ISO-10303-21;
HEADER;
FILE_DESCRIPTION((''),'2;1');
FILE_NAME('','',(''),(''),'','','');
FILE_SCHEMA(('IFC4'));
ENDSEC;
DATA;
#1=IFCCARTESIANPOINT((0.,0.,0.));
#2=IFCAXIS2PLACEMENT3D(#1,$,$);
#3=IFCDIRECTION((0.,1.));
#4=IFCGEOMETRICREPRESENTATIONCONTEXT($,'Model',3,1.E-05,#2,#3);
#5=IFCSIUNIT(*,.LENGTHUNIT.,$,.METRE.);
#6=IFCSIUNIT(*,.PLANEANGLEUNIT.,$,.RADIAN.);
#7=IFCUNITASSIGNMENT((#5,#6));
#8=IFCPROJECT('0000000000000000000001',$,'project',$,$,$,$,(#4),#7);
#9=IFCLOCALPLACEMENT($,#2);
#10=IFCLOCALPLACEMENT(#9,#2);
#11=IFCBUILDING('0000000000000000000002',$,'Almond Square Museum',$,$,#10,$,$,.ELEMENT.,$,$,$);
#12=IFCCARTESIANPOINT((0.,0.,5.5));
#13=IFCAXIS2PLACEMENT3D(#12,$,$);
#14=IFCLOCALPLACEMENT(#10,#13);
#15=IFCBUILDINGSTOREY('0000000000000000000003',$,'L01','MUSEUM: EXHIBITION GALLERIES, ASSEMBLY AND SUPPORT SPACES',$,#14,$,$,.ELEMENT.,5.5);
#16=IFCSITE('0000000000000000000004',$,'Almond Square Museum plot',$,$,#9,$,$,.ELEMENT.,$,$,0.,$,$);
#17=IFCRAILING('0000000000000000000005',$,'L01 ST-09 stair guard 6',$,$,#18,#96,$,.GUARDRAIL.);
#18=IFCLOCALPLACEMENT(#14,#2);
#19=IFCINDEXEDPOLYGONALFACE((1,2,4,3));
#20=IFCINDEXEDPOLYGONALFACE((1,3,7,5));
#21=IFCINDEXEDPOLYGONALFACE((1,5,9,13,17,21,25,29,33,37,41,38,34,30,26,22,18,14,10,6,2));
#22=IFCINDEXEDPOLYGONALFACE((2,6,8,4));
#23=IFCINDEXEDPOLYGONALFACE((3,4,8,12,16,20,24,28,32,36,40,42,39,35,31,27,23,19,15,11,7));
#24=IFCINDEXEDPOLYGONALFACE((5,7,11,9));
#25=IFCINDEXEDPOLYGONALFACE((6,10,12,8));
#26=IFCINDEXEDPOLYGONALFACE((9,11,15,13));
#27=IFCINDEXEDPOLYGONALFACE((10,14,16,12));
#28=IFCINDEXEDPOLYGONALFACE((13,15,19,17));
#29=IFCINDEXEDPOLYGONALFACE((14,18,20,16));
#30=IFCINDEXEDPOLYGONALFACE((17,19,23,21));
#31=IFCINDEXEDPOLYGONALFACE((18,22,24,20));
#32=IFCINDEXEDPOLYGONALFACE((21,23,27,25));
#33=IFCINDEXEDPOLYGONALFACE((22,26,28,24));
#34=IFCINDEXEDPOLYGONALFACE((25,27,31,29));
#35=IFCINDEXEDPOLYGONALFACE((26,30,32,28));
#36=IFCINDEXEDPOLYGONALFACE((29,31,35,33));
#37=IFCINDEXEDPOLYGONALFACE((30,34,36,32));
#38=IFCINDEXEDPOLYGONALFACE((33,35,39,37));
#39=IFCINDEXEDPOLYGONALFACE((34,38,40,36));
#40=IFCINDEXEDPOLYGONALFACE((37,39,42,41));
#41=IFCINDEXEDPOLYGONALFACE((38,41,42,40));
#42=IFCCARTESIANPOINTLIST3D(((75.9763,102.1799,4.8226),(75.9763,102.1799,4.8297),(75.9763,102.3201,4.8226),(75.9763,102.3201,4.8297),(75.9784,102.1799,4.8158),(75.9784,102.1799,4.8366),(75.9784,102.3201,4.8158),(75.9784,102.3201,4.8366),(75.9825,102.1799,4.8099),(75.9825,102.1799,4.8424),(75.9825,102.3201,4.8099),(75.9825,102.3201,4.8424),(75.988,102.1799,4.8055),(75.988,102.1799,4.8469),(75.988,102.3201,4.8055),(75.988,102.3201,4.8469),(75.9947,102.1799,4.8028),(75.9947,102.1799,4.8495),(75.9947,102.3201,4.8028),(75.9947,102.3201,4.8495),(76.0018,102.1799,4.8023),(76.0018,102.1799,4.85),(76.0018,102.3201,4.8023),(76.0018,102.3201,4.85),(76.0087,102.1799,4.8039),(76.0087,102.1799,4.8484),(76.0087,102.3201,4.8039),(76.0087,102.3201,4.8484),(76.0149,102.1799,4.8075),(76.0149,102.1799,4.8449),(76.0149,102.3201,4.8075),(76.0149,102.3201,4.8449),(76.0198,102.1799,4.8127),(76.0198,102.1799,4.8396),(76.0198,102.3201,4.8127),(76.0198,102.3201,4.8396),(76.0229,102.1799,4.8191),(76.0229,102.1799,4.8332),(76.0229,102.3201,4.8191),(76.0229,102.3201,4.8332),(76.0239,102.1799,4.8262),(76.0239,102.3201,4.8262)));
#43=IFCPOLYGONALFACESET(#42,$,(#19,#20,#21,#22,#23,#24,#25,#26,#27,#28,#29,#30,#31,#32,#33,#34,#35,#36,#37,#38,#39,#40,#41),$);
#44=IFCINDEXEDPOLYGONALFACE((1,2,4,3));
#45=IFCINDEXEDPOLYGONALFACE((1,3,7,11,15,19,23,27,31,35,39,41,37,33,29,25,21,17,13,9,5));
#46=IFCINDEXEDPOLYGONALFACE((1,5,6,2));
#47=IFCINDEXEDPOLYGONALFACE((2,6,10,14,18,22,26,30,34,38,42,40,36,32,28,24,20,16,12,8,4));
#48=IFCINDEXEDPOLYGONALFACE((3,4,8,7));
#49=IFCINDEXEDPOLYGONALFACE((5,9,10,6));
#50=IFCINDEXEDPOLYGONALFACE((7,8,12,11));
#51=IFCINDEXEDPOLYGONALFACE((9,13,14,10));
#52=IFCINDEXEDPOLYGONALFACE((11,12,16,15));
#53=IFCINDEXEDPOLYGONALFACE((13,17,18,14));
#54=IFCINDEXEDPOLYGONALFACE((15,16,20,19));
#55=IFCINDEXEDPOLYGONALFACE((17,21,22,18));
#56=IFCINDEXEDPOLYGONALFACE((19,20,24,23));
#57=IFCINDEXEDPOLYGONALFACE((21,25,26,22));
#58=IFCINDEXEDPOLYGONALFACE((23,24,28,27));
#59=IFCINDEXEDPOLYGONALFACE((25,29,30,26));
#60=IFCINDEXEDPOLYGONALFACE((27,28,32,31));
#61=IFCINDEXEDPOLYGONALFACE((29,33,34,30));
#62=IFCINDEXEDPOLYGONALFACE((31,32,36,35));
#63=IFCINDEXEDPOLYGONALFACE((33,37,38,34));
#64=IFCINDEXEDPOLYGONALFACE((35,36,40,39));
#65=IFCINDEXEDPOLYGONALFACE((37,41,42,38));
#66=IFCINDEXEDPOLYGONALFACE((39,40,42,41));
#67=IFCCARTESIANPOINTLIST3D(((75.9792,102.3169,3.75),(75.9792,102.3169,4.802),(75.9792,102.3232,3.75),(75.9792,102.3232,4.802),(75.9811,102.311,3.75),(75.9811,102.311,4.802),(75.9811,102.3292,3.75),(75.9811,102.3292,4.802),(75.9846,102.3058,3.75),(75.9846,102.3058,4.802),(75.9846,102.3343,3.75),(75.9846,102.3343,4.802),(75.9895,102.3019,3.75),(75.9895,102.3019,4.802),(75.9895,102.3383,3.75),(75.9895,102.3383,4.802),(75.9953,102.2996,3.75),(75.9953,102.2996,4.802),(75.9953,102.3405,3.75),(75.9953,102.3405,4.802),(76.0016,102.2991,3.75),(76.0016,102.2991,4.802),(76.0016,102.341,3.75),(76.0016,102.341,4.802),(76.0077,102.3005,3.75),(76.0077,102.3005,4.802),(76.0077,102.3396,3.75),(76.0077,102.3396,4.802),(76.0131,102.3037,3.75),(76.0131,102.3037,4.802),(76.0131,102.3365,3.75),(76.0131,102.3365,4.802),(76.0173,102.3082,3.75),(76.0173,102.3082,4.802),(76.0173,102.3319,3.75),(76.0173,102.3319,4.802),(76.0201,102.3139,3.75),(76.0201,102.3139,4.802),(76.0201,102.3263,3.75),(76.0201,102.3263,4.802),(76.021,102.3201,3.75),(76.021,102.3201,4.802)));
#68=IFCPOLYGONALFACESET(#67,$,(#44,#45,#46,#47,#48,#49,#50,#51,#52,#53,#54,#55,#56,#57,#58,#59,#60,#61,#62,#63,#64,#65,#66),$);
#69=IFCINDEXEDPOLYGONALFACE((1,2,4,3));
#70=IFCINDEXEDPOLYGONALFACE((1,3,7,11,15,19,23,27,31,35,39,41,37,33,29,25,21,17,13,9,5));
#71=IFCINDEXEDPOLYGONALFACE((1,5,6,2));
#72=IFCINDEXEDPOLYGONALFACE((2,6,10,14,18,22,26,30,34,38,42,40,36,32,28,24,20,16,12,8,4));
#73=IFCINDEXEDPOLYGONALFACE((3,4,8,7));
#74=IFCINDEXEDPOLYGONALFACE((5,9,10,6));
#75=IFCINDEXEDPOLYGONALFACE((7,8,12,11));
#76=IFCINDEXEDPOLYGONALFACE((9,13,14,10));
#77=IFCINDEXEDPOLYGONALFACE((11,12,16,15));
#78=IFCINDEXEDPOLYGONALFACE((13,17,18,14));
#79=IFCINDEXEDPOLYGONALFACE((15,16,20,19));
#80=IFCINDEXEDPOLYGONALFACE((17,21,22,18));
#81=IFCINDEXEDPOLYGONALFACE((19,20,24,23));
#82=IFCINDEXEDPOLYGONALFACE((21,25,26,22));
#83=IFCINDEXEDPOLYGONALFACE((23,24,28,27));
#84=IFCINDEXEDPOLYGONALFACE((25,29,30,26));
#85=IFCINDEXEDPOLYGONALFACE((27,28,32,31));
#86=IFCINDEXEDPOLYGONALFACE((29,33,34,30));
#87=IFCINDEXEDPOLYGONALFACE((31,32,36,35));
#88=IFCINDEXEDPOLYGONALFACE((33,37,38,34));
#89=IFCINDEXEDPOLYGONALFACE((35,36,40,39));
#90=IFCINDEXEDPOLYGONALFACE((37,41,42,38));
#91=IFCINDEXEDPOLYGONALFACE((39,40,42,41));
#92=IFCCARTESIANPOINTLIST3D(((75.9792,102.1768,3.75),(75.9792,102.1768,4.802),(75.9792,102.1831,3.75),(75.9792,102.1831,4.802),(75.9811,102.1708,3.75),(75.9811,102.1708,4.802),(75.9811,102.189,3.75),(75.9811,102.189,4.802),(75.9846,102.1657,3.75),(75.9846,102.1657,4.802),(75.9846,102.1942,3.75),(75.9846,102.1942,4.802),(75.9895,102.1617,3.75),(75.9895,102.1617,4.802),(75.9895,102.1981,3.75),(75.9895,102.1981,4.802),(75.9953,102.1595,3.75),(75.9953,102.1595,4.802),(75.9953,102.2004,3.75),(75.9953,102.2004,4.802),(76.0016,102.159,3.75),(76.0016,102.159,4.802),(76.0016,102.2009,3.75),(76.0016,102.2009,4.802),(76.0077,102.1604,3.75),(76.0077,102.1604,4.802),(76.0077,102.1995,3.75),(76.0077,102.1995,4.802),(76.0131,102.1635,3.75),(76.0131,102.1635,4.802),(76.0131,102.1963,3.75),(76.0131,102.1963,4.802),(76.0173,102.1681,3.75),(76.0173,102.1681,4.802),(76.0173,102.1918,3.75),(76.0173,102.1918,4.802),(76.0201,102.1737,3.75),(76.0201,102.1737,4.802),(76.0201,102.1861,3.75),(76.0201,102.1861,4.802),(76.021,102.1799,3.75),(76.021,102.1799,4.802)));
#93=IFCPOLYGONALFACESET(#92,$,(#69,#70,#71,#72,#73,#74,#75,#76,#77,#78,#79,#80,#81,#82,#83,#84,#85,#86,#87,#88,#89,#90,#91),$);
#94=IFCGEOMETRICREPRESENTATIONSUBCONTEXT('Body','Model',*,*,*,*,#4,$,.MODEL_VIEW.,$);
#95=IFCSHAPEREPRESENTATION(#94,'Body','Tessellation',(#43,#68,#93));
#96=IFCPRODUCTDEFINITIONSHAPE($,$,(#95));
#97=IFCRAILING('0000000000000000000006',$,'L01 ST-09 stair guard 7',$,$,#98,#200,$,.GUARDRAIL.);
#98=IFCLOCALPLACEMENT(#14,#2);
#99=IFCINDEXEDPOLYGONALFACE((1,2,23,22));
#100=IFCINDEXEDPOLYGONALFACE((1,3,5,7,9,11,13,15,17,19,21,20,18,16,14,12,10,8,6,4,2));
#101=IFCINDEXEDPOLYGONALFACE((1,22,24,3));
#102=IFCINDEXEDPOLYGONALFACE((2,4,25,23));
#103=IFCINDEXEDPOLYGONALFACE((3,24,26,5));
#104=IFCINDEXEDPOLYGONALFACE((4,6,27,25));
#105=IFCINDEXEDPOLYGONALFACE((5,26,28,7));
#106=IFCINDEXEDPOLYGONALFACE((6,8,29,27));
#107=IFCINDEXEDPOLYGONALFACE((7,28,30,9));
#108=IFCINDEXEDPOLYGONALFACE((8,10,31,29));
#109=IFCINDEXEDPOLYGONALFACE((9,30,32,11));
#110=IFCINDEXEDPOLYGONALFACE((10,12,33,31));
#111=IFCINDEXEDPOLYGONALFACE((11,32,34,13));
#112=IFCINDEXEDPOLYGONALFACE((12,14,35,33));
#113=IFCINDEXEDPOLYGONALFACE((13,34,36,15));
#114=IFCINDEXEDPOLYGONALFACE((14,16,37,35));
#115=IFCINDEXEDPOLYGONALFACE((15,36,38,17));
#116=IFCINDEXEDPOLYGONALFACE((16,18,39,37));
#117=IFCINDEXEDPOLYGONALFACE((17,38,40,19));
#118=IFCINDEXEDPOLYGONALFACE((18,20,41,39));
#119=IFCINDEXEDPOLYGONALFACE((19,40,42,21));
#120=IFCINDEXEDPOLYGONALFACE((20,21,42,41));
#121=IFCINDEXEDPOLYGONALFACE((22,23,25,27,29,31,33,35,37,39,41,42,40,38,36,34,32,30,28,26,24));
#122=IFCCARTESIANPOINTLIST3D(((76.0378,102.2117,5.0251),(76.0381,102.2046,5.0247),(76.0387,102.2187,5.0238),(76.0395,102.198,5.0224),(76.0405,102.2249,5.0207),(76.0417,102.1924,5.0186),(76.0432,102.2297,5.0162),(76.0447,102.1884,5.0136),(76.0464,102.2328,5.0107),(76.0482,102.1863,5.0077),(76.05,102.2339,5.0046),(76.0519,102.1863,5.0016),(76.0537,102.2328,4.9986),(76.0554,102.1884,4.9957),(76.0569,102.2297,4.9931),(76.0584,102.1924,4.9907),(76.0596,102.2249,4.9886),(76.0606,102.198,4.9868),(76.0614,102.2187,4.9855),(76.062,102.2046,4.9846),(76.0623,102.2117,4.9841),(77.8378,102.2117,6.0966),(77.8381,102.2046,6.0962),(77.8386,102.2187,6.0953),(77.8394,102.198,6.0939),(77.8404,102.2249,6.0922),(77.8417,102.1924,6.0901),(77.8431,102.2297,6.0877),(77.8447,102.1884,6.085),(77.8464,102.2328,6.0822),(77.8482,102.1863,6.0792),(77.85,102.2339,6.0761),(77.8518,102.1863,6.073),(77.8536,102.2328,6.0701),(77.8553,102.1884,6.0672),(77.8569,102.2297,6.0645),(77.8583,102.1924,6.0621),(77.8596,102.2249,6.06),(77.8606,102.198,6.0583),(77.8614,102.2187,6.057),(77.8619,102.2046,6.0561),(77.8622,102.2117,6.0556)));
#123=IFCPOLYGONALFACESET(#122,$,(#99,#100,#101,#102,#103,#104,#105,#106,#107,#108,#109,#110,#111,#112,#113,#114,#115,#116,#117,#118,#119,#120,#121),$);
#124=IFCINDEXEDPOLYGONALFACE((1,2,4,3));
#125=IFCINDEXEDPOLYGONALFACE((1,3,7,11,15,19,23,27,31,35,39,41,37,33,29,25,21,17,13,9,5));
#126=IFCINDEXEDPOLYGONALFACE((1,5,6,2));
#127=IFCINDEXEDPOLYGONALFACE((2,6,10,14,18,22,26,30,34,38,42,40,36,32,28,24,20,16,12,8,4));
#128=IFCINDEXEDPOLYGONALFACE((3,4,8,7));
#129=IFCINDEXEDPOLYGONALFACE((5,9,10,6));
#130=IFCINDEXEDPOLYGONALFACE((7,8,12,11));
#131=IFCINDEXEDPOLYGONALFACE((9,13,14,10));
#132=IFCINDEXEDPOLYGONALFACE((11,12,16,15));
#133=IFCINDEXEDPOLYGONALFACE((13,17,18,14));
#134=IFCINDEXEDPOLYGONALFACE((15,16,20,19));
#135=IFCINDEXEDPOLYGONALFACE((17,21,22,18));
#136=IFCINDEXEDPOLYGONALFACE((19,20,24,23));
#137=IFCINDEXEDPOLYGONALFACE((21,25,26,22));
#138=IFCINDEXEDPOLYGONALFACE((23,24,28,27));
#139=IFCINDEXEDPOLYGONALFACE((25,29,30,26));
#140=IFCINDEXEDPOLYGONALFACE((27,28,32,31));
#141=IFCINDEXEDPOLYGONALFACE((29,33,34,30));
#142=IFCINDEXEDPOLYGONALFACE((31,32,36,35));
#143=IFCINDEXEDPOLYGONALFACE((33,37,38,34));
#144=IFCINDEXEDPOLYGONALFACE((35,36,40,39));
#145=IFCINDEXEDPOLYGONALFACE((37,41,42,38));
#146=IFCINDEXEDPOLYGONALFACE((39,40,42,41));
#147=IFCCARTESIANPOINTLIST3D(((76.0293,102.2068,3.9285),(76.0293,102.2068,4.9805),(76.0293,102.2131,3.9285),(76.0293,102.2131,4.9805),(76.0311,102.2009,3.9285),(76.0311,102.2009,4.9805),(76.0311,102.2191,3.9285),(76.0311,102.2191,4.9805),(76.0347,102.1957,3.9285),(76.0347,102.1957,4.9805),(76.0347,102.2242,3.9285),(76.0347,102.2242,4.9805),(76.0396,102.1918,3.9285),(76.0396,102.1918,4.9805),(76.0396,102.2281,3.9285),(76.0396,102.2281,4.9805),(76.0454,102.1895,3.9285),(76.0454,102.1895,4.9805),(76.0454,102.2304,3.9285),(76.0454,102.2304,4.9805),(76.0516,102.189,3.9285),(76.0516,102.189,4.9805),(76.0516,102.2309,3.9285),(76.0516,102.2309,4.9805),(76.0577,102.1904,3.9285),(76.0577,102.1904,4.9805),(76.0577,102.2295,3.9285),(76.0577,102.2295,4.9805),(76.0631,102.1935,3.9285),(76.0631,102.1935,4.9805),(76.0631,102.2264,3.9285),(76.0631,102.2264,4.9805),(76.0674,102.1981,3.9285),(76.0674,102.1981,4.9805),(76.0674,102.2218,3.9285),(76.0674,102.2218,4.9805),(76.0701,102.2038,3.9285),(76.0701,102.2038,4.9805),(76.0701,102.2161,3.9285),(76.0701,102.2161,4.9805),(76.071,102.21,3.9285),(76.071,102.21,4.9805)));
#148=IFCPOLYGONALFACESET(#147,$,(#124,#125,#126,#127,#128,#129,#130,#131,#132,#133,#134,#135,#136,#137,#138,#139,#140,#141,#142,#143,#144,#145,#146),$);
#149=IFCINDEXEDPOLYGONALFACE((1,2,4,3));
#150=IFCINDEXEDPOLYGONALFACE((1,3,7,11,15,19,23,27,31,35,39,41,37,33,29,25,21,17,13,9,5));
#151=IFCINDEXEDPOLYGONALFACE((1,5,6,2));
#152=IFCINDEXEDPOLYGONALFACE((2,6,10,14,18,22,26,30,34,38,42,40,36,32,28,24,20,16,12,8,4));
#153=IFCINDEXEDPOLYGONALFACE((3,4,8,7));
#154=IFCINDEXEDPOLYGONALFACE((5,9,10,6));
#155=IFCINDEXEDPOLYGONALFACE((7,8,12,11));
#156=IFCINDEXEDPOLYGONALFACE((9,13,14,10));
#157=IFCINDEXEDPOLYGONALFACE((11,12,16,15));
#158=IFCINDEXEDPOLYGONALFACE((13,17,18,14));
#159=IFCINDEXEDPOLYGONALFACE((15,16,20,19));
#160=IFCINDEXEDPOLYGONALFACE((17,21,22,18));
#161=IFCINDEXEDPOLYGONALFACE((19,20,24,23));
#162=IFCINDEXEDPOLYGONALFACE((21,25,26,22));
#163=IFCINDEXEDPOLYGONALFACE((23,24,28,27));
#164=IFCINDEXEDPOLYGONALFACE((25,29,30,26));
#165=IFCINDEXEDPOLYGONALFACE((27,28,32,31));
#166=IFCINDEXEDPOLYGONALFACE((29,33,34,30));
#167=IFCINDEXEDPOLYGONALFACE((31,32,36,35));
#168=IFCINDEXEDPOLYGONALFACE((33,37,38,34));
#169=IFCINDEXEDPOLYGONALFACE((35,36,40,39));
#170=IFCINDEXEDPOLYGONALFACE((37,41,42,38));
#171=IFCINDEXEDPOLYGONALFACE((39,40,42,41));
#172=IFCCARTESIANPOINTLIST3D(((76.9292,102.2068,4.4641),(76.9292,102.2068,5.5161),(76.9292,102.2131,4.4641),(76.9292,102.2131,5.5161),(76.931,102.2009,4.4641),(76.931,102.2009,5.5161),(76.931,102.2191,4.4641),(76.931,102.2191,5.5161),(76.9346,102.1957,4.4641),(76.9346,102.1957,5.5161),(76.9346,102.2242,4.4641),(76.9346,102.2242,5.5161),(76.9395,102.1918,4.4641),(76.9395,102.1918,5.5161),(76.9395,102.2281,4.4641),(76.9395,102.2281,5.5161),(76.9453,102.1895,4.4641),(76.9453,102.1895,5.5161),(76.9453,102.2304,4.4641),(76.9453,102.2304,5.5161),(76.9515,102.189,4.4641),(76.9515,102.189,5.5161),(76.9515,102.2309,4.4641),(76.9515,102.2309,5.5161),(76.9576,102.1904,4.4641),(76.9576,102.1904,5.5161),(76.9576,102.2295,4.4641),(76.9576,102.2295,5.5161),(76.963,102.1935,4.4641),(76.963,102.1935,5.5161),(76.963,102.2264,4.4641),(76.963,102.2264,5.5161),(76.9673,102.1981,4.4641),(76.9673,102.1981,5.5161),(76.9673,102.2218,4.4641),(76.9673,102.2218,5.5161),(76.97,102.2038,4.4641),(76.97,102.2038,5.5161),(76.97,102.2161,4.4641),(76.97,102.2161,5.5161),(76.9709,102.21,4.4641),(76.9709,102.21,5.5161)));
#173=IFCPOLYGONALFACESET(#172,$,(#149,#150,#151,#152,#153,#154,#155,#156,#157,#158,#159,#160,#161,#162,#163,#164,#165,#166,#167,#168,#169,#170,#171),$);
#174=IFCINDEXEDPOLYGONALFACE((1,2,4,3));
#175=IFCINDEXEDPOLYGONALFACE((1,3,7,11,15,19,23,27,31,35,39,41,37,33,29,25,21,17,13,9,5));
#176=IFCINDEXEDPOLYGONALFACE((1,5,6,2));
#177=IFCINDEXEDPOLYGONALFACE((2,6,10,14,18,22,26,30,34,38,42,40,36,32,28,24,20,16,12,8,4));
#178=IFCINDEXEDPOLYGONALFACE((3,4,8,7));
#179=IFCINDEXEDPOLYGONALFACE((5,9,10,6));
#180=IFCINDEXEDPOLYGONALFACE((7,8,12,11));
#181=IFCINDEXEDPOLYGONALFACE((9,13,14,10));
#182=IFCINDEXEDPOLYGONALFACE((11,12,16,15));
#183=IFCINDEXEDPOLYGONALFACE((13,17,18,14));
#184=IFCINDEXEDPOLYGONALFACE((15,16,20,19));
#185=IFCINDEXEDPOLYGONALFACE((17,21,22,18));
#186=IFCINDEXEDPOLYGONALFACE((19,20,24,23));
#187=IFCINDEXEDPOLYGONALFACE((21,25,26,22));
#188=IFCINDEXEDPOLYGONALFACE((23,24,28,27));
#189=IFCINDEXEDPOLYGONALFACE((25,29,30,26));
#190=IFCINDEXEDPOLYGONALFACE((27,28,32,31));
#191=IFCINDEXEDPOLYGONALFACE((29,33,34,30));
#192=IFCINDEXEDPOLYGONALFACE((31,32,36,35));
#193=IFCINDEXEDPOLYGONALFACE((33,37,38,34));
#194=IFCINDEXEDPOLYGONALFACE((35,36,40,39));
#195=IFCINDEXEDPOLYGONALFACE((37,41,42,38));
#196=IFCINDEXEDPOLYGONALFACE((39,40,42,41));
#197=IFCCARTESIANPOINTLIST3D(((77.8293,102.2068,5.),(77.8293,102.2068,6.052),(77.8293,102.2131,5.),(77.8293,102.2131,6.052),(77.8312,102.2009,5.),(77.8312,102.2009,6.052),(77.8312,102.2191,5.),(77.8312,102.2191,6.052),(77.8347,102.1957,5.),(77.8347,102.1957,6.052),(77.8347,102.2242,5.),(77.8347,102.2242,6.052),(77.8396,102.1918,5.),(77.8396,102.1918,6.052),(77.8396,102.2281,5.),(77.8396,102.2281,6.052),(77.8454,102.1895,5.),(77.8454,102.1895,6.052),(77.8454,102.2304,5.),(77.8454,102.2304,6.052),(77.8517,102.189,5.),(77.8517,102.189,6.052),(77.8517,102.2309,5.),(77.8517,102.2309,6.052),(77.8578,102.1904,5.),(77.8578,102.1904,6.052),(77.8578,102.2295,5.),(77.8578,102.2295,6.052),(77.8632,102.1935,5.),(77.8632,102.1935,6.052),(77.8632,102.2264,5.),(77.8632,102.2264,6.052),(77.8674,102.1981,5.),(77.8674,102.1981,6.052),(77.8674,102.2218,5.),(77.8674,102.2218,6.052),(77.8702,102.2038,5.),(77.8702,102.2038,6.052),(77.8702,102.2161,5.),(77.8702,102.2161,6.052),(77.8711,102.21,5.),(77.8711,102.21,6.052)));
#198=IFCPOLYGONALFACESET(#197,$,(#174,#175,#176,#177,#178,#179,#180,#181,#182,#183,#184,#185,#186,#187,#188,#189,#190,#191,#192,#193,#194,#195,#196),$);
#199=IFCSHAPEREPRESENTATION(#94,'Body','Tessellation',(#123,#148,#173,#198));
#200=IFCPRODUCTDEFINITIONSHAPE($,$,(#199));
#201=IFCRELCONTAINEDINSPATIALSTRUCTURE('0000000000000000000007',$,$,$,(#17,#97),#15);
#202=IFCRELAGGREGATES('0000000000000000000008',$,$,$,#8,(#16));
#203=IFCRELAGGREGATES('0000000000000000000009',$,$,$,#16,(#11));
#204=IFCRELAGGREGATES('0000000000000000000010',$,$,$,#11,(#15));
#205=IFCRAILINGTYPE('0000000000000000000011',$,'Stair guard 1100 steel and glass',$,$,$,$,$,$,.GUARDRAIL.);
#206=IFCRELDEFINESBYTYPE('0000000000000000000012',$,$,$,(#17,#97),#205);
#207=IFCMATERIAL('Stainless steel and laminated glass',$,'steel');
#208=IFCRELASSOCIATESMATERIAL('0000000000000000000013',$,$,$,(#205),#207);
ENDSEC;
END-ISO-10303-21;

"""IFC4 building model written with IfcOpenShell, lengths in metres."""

from ifc_helpers import new_model, si_unit, direction, frame, origin, origin_2d, place, context, subcontext, project, spatial, circle, extrude, material, type_object, element, save


model = new_model("IFC4")

# Units and contexts
model_context = context("Model", 3, precision=1e-05, world=origin(), true_north=direction((0.0, 1.0)))
body_context = subcontext(model_context, "Body", "Model", "MODEL_VIEW")
ifc_project = project(units=[si_unit("LENGTHUNIT", "METRE"), si_unit("PLANEANGLEUNIT", "RADIAN")], contexts=[model_context])

# Site, building, storey
site_placement = place(None, origin())
site = spatial("IfcSite", under=ifc_project, at=site_placement, Name="Almond Square Museum plot", CompositionType="ELEMENT", RefElevation=0.0)
building_placement = place(site_placement, origin())
building = spatial("IfcBuilding", under=site, at=building_placement, Name="Almond Square Museum", CompositionType="ELEMENT")
storey_placement = place(building_placement, frame((0.0, 0.0, 5.5)))
storey = spatial("IfcBuildingStorey", under=building, at=storey_placement, Name="L01", Description="MUSEUM: EXHIBITION GALLERIES, ASSEMBLY AND SUPPORT SPACES", CompositionType="ELEMENT", Elevation=5.5)

# Railings
ifc_material_1 = material(Name="Stainless steel and laminated glass", Category="steel")
railing_type_1 = type_object("IfcRailingType", Name="Stair guard 1100 steel and glass", PredefinedType="GUARDRAIL", material=ifc_material_1)
railing_1_placement = place(storey_placement, frame((76.0, 102.3201, 3.75)))
element("IfcRailing", 1, at=railing_1_placement, inside=storey, type_object=railing_type_1, Name="L01 ST-09 stair guard 6", PredefinedType="GUARDRAIL", context=body_context, shape_type="SweptSolid", body=[
    extrude(circle(Radius=0.0239, at=origin_2d()), frame((0.0, 0.0, 1.0762), z_axis=(0.0, -1.0, 0.0), x_axis=(1.0, 0.0, 0.0)), (0.0, 0.0, 1.0), 0.1401),
    extrude(circle(Radius=0.021, at=origin_2d()), origin(), (0.0, 0.0, 1.0), 1.052),
    extrude(circle(Radius=0.021, at=origin_2d()), frame((0.0, -0.1401, 0.0)), (0.0, 0.0, 1.0), 1.052),
])
railing_2_placement = place(storey_placement, frame((76.05, 102.21, 3.9285)))
element("IfcRailing", 2, at=railing_2_placement, inside=storey, type_object=railing_type_1, Name="L01 ST-09 stair guard 7", PredefinedType="GUARDRAIL", context=body_context, shape_type="SweptSolid", body=[
    extrude(circle(Radius=0.0239, at=origin_2d()), frame((0.0, 0.0, 1.0762), z_axis=(0.859277, 0.0, 0.51151), x_axis=(0.0, 1.0, 0.0)), (0.0, 0.0, 1.0), 2.0947),
    extrude(circle(Radius=0.021, at=origin_2d()), origin(), (0.0, 0.0, 1.0), 1.052),
    extrude(circle(Radius=0.021, at=origin_2d()), frame((0.8999, 0.0, 0.5356)), (0.0, 0.0, 1.0), 1.052),
    extrude(circle(Radius=0.021, at=origin_2d()), frame((1.8, 0.0, 1.0715)), (0.0, 0.0, 1.0), 1.052),
])

save(model, "model.ifc")
